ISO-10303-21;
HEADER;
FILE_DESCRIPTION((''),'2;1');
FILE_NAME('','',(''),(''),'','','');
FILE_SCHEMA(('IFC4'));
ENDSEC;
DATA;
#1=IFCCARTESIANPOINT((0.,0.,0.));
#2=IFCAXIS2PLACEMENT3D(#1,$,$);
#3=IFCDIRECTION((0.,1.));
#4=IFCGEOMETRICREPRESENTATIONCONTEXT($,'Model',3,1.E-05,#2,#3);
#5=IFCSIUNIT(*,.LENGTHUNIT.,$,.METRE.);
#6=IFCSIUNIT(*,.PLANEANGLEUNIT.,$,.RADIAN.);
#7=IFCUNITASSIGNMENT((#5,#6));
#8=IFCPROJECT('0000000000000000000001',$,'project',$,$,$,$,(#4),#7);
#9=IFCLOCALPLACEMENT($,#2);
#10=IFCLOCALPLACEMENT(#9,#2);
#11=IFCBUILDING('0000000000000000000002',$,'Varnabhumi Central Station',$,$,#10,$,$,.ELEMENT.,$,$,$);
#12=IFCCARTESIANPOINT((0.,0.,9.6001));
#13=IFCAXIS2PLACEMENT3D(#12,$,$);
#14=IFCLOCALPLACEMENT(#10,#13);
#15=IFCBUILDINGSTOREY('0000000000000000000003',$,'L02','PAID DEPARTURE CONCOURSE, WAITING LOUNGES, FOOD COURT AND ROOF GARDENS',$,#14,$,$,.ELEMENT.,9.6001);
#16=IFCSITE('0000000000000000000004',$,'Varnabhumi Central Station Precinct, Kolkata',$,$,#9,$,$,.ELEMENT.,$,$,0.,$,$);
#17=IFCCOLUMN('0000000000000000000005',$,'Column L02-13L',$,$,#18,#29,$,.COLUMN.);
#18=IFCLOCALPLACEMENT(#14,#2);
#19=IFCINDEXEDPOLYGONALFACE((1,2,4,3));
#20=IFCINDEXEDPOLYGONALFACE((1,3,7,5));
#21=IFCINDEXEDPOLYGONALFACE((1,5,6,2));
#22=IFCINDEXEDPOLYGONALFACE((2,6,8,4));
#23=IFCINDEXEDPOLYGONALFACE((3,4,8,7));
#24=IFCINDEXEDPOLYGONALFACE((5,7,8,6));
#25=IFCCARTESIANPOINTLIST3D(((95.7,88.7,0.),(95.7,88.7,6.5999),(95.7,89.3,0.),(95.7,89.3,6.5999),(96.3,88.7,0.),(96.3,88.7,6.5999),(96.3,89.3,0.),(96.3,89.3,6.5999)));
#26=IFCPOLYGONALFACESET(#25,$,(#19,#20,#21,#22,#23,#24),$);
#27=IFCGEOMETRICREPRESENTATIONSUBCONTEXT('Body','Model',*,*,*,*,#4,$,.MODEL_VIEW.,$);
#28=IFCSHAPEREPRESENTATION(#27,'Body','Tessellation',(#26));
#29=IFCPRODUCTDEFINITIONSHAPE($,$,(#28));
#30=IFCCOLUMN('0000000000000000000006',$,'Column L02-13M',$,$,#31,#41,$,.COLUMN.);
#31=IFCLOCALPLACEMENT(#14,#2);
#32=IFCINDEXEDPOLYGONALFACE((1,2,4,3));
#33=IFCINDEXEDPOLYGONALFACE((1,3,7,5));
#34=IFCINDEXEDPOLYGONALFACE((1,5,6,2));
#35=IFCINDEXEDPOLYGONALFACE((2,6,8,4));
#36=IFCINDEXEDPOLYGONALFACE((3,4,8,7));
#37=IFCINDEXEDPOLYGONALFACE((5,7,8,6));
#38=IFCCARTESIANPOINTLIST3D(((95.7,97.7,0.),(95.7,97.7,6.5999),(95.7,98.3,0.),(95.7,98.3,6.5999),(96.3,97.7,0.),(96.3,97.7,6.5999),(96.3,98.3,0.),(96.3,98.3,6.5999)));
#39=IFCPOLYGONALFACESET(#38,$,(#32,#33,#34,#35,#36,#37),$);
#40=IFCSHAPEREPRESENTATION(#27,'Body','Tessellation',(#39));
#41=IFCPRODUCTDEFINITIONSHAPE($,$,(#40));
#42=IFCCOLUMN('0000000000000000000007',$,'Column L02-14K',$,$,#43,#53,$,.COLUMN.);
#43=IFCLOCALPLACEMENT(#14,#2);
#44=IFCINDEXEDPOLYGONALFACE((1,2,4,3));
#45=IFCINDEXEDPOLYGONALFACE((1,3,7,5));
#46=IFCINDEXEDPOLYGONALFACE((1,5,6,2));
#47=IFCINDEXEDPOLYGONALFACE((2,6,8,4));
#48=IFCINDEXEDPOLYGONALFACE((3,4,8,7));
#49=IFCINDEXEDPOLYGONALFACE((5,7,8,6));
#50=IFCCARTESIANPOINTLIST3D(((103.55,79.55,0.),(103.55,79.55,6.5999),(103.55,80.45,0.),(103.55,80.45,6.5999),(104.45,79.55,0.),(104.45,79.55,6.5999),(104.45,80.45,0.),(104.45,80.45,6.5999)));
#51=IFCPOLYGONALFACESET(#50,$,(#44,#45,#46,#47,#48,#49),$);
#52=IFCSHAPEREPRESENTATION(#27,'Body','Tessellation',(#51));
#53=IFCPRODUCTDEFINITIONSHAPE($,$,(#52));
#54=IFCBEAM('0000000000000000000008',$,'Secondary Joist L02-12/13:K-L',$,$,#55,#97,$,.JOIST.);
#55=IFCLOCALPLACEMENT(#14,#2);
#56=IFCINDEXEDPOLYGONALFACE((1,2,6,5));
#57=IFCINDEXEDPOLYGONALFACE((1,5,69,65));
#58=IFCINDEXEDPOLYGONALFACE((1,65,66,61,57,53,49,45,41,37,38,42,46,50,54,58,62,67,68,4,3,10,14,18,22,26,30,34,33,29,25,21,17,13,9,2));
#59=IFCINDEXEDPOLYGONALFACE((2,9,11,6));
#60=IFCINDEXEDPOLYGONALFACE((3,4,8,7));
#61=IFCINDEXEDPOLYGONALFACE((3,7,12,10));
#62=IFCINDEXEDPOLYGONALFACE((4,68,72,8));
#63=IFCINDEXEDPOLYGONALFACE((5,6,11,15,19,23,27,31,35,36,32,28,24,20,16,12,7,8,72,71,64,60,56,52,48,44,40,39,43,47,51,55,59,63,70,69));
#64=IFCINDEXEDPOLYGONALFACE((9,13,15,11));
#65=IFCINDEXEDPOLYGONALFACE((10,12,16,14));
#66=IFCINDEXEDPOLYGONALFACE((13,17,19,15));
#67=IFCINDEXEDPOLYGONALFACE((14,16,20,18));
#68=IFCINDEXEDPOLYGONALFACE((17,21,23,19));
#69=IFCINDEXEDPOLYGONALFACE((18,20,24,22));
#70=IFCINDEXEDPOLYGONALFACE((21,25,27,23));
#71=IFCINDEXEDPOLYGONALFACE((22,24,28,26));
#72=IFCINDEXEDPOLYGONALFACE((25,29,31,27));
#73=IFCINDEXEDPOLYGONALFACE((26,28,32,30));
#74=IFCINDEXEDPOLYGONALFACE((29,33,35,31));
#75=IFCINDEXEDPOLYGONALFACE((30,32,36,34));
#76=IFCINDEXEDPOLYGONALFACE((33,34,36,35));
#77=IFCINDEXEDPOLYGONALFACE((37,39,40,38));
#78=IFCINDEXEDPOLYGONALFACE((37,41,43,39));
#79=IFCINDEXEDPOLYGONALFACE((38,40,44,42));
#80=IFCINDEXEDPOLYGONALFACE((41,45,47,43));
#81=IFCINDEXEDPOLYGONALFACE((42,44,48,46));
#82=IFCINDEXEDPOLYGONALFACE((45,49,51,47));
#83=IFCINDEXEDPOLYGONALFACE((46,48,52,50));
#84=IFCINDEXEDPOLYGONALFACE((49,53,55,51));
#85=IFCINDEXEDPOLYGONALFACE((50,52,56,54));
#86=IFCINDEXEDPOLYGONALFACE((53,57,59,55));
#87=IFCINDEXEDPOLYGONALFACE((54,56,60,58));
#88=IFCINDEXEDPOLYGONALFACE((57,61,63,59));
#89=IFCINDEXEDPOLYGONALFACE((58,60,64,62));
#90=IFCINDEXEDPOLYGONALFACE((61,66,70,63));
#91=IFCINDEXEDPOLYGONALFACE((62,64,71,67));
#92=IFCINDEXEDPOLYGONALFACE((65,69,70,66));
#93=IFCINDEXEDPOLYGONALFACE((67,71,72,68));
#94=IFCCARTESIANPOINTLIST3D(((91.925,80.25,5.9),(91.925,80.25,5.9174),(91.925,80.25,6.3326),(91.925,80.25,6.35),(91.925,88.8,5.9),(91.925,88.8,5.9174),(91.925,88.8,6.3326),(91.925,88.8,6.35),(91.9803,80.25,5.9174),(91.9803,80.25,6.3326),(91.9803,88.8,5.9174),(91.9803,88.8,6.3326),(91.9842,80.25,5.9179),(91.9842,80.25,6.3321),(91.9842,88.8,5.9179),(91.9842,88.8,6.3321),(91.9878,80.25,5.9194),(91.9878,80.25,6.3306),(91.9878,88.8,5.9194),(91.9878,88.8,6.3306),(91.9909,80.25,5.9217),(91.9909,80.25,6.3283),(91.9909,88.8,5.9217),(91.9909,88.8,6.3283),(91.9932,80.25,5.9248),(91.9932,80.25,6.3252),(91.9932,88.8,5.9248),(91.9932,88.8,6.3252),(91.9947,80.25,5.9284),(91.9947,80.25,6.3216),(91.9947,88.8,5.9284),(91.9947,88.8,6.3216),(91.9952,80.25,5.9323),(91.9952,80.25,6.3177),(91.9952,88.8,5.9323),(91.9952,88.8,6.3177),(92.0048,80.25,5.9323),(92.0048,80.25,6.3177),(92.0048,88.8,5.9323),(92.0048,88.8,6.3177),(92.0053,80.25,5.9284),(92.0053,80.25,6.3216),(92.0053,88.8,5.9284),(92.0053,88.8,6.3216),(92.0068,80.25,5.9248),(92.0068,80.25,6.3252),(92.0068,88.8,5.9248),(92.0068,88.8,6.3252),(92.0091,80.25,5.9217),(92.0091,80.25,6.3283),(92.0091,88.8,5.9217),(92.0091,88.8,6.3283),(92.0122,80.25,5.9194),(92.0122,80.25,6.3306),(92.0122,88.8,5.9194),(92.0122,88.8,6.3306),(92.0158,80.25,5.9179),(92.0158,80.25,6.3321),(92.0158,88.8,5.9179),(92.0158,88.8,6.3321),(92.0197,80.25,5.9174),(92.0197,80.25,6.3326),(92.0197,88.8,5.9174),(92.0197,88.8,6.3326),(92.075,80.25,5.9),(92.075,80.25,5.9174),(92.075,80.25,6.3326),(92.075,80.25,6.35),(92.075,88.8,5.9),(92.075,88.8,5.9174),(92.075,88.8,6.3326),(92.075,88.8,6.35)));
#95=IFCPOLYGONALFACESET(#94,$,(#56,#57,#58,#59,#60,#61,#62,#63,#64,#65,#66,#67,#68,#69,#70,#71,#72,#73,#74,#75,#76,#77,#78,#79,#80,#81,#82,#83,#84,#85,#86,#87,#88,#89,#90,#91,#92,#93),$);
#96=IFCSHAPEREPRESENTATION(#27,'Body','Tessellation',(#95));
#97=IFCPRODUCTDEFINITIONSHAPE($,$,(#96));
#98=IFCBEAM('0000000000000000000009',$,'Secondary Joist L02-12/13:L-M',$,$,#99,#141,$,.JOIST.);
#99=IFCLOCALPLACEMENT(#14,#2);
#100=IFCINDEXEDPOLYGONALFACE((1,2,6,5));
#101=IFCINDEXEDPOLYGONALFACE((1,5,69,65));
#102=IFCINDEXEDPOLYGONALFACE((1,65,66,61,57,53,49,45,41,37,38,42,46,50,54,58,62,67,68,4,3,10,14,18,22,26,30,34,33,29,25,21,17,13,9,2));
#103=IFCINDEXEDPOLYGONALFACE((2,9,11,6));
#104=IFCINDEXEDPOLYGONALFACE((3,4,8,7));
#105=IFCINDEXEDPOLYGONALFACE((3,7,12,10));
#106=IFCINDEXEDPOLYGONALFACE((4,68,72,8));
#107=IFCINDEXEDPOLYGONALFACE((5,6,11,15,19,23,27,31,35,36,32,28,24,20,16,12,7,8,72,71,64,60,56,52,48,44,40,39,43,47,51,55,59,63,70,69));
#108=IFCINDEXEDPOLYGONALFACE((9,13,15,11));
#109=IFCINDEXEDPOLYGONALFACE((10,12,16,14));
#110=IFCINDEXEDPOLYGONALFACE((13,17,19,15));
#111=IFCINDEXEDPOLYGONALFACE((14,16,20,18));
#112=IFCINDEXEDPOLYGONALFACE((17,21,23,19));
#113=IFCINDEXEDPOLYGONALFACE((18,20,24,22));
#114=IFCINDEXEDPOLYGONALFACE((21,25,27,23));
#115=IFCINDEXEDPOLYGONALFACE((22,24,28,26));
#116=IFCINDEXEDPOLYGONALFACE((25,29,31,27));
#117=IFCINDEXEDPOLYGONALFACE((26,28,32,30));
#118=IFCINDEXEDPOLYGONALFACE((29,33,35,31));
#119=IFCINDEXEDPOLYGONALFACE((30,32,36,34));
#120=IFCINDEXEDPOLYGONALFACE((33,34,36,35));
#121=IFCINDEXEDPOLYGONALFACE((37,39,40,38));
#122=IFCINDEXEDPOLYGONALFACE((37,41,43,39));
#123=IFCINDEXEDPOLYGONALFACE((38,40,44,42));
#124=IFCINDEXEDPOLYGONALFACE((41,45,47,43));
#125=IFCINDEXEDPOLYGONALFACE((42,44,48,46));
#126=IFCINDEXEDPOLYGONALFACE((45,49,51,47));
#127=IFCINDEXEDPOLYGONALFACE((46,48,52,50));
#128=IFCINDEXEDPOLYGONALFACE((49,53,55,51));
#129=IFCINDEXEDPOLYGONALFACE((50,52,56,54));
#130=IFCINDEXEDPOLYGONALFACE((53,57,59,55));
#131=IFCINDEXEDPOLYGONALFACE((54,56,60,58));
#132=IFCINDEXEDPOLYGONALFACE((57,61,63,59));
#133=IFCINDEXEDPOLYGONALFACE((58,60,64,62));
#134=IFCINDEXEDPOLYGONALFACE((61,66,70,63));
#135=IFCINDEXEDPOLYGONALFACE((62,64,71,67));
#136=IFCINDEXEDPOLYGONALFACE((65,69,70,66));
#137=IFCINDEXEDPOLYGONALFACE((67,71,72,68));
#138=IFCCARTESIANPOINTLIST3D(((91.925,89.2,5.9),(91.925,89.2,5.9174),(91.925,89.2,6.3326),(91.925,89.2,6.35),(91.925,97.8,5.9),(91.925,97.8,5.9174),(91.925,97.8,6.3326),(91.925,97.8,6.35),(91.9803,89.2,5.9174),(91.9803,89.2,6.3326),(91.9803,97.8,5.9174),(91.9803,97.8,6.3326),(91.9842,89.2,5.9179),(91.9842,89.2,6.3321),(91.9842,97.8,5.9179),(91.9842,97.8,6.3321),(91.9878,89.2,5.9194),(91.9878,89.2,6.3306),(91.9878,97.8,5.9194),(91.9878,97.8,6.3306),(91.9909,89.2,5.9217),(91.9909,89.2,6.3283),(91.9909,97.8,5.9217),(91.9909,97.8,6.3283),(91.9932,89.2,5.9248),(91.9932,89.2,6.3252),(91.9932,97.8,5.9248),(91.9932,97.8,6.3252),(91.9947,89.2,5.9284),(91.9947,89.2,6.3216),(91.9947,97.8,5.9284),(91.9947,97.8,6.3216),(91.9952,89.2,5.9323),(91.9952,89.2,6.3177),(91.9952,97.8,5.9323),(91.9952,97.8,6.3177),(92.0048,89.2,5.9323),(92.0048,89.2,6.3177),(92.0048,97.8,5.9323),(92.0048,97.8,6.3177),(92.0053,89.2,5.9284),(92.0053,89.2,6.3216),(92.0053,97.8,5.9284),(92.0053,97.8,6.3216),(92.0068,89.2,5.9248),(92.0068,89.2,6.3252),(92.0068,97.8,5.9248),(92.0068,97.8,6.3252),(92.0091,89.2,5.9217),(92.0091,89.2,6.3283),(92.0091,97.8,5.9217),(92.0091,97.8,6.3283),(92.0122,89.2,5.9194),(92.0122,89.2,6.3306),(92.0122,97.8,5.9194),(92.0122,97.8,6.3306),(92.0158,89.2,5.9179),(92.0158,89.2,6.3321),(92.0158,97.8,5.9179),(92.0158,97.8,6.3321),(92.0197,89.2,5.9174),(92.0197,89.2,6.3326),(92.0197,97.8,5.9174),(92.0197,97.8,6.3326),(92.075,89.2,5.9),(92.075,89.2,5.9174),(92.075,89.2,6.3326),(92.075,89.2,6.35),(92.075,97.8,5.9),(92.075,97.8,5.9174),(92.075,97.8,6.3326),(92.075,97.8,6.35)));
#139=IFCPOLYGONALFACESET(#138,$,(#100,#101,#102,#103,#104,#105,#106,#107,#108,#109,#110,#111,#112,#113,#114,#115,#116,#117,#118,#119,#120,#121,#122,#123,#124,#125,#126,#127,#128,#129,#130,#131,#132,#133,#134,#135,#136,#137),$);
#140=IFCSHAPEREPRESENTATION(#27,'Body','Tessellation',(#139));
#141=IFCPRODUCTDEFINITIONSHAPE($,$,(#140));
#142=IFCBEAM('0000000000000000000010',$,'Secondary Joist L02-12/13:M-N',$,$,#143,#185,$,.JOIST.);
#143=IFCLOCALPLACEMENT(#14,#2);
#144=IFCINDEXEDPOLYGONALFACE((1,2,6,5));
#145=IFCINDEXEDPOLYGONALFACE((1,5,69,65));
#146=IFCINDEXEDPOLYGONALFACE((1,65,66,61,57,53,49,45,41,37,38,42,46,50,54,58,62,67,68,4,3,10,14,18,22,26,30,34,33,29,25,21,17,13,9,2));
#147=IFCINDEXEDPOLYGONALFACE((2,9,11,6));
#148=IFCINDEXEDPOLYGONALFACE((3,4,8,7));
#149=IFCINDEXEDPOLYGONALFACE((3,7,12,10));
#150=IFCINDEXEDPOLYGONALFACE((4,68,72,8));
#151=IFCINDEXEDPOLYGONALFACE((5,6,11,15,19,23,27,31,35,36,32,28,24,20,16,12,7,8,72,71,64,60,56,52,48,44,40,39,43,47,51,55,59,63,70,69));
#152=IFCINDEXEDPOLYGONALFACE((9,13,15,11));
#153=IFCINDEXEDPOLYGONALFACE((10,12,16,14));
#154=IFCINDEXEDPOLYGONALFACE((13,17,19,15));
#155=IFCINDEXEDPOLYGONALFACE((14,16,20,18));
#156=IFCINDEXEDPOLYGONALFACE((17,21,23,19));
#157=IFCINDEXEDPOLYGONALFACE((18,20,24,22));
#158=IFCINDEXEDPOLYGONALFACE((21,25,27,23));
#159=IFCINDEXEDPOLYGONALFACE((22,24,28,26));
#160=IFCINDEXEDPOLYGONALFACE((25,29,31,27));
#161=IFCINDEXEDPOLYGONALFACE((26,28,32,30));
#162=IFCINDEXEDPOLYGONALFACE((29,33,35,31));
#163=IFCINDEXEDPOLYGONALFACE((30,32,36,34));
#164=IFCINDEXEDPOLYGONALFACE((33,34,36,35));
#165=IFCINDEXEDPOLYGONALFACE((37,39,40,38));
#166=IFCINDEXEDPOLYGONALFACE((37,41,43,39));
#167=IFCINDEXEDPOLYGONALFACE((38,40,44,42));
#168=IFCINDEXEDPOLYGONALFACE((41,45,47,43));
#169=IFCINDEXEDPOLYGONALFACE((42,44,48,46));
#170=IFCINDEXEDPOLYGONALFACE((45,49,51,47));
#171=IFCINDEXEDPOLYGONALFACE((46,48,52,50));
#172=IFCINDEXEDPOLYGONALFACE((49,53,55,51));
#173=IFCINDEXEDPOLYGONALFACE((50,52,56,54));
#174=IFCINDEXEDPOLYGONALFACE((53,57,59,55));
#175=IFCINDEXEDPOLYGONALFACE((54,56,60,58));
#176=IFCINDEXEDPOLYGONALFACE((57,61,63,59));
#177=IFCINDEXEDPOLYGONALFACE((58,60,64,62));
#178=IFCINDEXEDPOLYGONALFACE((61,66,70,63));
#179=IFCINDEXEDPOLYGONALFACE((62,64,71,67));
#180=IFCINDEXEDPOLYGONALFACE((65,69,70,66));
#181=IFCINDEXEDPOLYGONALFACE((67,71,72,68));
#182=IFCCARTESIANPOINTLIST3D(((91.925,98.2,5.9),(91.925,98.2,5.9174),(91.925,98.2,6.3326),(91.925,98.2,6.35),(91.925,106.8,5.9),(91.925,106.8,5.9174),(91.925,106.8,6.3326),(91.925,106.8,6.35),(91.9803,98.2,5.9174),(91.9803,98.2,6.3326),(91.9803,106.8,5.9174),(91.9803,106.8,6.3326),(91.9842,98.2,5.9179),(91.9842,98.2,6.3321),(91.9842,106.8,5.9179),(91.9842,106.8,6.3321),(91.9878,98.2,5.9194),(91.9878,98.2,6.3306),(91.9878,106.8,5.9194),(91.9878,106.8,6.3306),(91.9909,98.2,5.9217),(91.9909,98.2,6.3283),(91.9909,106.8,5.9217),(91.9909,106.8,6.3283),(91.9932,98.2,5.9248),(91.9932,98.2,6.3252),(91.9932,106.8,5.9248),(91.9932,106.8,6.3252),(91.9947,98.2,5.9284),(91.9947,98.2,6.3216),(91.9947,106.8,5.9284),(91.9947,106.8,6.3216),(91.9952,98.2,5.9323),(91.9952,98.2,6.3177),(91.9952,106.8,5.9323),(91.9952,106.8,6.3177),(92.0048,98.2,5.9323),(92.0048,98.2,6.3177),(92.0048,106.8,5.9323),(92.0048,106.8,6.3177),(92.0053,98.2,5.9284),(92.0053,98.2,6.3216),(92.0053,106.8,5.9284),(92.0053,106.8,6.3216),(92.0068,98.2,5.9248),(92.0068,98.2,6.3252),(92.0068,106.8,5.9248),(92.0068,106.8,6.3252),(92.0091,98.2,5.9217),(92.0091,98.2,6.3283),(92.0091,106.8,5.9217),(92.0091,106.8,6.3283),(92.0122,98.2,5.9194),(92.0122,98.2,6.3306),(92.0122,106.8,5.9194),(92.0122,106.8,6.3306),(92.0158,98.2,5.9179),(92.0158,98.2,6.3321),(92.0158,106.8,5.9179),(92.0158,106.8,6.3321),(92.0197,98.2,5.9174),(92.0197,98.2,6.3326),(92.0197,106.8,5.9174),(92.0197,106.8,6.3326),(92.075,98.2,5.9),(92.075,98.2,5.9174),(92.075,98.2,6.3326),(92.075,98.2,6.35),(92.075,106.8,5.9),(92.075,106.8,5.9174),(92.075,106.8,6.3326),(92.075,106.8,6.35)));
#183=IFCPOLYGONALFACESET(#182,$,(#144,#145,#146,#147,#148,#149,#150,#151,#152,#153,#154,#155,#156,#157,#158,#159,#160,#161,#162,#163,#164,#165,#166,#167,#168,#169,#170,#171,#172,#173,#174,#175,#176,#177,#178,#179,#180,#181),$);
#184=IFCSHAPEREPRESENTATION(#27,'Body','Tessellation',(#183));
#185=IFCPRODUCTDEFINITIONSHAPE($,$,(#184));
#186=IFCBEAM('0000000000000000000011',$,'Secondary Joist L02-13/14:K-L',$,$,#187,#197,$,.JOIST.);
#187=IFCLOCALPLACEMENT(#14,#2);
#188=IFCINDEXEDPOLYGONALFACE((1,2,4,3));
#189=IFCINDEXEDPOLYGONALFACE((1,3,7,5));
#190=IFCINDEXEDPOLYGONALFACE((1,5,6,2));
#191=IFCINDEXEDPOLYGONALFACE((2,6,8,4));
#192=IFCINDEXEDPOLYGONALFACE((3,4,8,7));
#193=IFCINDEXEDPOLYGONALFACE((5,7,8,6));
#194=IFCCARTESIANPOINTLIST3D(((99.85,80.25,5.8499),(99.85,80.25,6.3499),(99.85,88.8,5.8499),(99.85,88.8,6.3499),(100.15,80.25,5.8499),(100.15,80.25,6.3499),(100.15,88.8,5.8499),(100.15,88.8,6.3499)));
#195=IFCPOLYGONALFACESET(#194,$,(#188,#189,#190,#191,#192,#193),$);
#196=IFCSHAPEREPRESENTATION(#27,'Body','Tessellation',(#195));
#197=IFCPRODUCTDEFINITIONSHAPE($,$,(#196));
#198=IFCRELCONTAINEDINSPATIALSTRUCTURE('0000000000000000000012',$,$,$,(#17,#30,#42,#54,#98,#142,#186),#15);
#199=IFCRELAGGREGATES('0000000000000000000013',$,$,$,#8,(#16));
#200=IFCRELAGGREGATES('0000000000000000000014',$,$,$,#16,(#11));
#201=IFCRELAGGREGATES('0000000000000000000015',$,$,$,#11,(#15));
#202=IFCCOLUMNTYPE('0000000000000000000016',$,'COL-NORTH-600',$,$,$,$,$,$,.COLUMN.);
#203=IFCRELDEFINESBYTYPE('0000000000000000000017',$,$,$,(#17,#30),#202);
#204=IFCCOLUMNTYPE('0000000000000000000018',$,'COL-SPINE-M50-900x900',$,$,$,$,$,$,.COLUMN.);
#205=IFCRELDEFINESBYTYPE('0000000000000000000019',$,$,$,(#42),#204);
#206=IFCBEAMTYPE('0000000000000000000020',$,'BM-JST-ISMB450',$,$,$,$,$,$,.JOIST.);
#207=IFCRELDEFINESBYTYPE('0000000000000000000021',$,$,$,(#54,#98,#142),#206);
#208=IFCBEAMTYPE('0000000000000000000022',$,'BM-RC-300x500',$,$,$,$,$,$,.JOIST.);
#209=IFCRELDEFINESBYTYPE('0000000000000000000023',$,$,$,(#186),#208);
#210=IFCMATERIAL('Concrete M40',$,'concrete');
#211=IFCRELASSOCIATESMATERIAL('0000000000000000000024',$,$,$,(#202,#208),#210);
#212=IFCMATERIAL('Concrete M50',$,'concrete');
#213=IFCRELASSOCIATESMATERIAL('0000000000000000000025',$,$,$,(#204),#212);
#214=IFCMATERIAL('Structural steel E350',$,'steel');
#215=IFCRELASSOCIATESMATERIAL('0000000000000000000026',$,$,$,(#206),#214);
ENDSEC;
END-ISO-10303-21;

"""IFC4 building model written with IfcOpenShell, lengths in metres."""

from ifc_helpers import new_model, si_unit, direction, frame, origin, origin_2d, place, context, subcontext, project, spatial, rectangle, i_section, extrude, material, material_profile, profile_set, type_object, element, save


model = new_model("IFC4")

# Units and contexts
model_context = context("Model", 3, precision=1e-05, world=origin(), true_north=direction((0.0, 1.0)))
body_context = subcontext(model_context, "Body", "Model", "MODEL_VIEW")
ifc_project = project(units=[si_unit("LENGTHUNIT", "METRE"), si_unit("PLANEANGLEUNIT", "RADIAN")], contexts=[model_context])

# Site, building, storey
site_placement = place(None, origin())
site = spatial("IfcSite", under=ifc_project, at=site_placement, Name="Varnabhumi Central Station Precinct, Kolkata", CompositionType="ELEMENT", RefElevation=0.0)
building_placement = place(site_placement, origin())
building = spatial("IfcBuilding", under=site, at=building_placement, Name="Varnabhumi Central Station", CompositionType="ELEMENT")
storey_placement = place(building_placement, frame((0.0, 0.0, 9.6001)))
storey = spatial("IfcBuildingStorey", under=building, at=storey_placement, Name="L02", Description="PAID DEPARTURE CONCOURSE, WAITING LOUNGES, FOOD COURT AND ROOF GARDENS", CompositionType="ELEMENT", Elevation=9.6001)

# Columns
ifc_material_1 = material(Name="Concrete M40", Category="concrete")
ifc_material_profile_1 = material_profile(ifc_material_1, rectangle(XDim=0.6001, YDim=0.6001, at=origin_2d()), Name="Concrete M40", Category="concrete")
ifc_profile_set_1 = profile_set([ifc_material_profile_1], Name="Concrete M40")
column_type_1 = type_object("IfcColumnType", Name="COL-NORTH-600", PredefinedType="COLUMN", material=ifc_profile_set_1)
for number, where, z_axis, x_axis, name in (
    (1, (96.0, 89.0, 0.0), (0.0, 0.0, 1.0), (1.0, 0.0, 0.0), "Column L02-13L"),
    (2, (96.0, 98.0, 0.0), (0.0, 0.0, 1.0), (1.0, 0.0, 0.0), "Column L02-13M"),
):
    element("IfcColumn", number, at=place(storey_placement, frame(where, z_axis=z_axis, x_axis=x_axis)), inside=storey, type_object=column_type_1, Name=name, PredefinedType="COLUMN", context=body_context, shape_type="SweptSolid", body=[
        extrude(rectangle(XDim=0.6001, YDim=0.6001, at=origin_2d()), origin(), (0.0, 0.0, 1.0), 6.5999),
    ])
ifc_material_2 = material(Name="Concrete M50", Category="concrete")
ifc_material_profile_2 = material_profile(ifc_material_2, rectangle(XDim=0.8999, YDim=0.8999, at=origin_2d()), Name="Concrete M50", Category="concrete")
ifc_profile_set_2 = profile_set([ifc_material_profile_2], Name="Concrete M50")
column_type_2 = type_object("IfcColumnType", Name="COL-SPINE-M50-900x900", PredefinedType="COLUMN", material=ifc_profile_set_2)
column_placement = place(storey_placement, frame((104.0, 80.0, 0.0), z_axis=(0.0, 0.0, 1.0), x_axis=(1.0, 0.0, 0.0)))
element("IfcColumn", 3, at=column_placement, inside=storey, type_object=column_type_2, Name="Column L02-14K", PredefinedType="COLUMN", context=body_context, shape_type="SweptSolid", body=[
    extrude(rectangle(XDim=0.8999, YDim=0.8999, at=origin_2d()), origin(), (0.0, 0.0, 1.0), 6.5999),
])

# Beams
ifc_material_3 = material(Name="Structural steel E350", Category="steel")
ifc_material_profile_3 = material_profile(ifc_material_3, i_section(OverallWidth=0.1499, OverallDepth=0.45, WebThickness=0.0095, FlangeThickness=0.0173, FilletRadius=0.0149, at=origin_2d()), Name="Structural steel E350", Category="steel")
ifc_profile_set_3 = profile_set([ifc_material_profile_3], Name="Structural steel E350")
beam_type_1 = type_object("IfcBeamType", Name="BM-JST-ISMB450", PredefinedType="JOIST", material=ifc_profile_set_3)
beam_1_placement = place(storey_placement, frame((92.0, 80.25, 6.125), z_axis=(0.0, 1.0, 0.0), x_axis=(-1.0, 0.0, 0.0)))
element("IfcBeam", 4, at=beam_1_placement, inside=storey, type_object=beam_type_1, Name="Secondary Joist L02-12/13:K-L", PredefinedType="JOIST", context=body_context, shape_type="SweptSolid", body=[
    extrude(i_section(OverallWidth=0.1499, OverallDepth=0.45, WebThickness=0.0095, FlangeThickness=0.0173, FilletRadius=0.0149, at=origin_2d()), origin(), (0.0, 0.0, 1.0), 8.55),
])
for number, where, z_axis, x_axis, name in (
    (5, (92.0, 89.2, 6.125), (0.0, 1.0, 0.0), (-1.0, 0.0, 0.0), "Secondary Joist L02-12/13:L-M"),
    (6, (92.0, 98.2, 6.125), (0.0, 1.0, 0.0), (-1.0, 0.0, 0.0), "Secondary Joist L02-12/13:M-N"),
):
    element("IfcBeam", number, at=place(storey_placement, frame(where, z_axis=z_axis, x_axis=x_axis)), inside=storey, type_object=beam_type_1, Name=name, PredefinedType="JOIST", context=body_context, shape_type="SweptSolid", body=[
        extrude(i_section(OverallWidth=0.1499, OverallDepth=0.45, WebThickness=0.0095, FlangeThickness=0.0173, FilletRadius=0.0149, at=origin_2d()), origin(), (0.0, 0.0, 1.0), 8.6001),
    ])
ifc_material_profile_4 = material_profile(ifc_material_1, rectangle(XDim=0.3, YDim=0.5, at=origin_2d()), Name="Concrete M40", Category="concrete")
ifc_profile_set_4 = profile_set([ifc_material_profile_4], Name="Concrete M40")
beam_type_2 = type_object("IfcBeamType", Name="BM-RC-300x500", PredefinedType="JOIST", material=ifc_profile_set_4)
beam_2_placement = place(storey_placement, frame((100.0, 80.25, 6.0999), z_axis=(0.0, 1.0, 0.0), x_axis=(-1.0, 0.0, 0.0)))
element("IfcBeam", 7, at=beam_2_placement, inside=storey, type_object=beam_type_2, Name="Secondary Joist L02-13/14:K-L", PredefinedType="JOIST", context=body_context, shape_type="SweptSolid", body=[
    extrude(rectangle(XDim=0.3, YDim=0.5, at=origin_2d()), origin(), (0.0, 0.0, 1.0), 8.55),
])

save(model, "model.ifc")
